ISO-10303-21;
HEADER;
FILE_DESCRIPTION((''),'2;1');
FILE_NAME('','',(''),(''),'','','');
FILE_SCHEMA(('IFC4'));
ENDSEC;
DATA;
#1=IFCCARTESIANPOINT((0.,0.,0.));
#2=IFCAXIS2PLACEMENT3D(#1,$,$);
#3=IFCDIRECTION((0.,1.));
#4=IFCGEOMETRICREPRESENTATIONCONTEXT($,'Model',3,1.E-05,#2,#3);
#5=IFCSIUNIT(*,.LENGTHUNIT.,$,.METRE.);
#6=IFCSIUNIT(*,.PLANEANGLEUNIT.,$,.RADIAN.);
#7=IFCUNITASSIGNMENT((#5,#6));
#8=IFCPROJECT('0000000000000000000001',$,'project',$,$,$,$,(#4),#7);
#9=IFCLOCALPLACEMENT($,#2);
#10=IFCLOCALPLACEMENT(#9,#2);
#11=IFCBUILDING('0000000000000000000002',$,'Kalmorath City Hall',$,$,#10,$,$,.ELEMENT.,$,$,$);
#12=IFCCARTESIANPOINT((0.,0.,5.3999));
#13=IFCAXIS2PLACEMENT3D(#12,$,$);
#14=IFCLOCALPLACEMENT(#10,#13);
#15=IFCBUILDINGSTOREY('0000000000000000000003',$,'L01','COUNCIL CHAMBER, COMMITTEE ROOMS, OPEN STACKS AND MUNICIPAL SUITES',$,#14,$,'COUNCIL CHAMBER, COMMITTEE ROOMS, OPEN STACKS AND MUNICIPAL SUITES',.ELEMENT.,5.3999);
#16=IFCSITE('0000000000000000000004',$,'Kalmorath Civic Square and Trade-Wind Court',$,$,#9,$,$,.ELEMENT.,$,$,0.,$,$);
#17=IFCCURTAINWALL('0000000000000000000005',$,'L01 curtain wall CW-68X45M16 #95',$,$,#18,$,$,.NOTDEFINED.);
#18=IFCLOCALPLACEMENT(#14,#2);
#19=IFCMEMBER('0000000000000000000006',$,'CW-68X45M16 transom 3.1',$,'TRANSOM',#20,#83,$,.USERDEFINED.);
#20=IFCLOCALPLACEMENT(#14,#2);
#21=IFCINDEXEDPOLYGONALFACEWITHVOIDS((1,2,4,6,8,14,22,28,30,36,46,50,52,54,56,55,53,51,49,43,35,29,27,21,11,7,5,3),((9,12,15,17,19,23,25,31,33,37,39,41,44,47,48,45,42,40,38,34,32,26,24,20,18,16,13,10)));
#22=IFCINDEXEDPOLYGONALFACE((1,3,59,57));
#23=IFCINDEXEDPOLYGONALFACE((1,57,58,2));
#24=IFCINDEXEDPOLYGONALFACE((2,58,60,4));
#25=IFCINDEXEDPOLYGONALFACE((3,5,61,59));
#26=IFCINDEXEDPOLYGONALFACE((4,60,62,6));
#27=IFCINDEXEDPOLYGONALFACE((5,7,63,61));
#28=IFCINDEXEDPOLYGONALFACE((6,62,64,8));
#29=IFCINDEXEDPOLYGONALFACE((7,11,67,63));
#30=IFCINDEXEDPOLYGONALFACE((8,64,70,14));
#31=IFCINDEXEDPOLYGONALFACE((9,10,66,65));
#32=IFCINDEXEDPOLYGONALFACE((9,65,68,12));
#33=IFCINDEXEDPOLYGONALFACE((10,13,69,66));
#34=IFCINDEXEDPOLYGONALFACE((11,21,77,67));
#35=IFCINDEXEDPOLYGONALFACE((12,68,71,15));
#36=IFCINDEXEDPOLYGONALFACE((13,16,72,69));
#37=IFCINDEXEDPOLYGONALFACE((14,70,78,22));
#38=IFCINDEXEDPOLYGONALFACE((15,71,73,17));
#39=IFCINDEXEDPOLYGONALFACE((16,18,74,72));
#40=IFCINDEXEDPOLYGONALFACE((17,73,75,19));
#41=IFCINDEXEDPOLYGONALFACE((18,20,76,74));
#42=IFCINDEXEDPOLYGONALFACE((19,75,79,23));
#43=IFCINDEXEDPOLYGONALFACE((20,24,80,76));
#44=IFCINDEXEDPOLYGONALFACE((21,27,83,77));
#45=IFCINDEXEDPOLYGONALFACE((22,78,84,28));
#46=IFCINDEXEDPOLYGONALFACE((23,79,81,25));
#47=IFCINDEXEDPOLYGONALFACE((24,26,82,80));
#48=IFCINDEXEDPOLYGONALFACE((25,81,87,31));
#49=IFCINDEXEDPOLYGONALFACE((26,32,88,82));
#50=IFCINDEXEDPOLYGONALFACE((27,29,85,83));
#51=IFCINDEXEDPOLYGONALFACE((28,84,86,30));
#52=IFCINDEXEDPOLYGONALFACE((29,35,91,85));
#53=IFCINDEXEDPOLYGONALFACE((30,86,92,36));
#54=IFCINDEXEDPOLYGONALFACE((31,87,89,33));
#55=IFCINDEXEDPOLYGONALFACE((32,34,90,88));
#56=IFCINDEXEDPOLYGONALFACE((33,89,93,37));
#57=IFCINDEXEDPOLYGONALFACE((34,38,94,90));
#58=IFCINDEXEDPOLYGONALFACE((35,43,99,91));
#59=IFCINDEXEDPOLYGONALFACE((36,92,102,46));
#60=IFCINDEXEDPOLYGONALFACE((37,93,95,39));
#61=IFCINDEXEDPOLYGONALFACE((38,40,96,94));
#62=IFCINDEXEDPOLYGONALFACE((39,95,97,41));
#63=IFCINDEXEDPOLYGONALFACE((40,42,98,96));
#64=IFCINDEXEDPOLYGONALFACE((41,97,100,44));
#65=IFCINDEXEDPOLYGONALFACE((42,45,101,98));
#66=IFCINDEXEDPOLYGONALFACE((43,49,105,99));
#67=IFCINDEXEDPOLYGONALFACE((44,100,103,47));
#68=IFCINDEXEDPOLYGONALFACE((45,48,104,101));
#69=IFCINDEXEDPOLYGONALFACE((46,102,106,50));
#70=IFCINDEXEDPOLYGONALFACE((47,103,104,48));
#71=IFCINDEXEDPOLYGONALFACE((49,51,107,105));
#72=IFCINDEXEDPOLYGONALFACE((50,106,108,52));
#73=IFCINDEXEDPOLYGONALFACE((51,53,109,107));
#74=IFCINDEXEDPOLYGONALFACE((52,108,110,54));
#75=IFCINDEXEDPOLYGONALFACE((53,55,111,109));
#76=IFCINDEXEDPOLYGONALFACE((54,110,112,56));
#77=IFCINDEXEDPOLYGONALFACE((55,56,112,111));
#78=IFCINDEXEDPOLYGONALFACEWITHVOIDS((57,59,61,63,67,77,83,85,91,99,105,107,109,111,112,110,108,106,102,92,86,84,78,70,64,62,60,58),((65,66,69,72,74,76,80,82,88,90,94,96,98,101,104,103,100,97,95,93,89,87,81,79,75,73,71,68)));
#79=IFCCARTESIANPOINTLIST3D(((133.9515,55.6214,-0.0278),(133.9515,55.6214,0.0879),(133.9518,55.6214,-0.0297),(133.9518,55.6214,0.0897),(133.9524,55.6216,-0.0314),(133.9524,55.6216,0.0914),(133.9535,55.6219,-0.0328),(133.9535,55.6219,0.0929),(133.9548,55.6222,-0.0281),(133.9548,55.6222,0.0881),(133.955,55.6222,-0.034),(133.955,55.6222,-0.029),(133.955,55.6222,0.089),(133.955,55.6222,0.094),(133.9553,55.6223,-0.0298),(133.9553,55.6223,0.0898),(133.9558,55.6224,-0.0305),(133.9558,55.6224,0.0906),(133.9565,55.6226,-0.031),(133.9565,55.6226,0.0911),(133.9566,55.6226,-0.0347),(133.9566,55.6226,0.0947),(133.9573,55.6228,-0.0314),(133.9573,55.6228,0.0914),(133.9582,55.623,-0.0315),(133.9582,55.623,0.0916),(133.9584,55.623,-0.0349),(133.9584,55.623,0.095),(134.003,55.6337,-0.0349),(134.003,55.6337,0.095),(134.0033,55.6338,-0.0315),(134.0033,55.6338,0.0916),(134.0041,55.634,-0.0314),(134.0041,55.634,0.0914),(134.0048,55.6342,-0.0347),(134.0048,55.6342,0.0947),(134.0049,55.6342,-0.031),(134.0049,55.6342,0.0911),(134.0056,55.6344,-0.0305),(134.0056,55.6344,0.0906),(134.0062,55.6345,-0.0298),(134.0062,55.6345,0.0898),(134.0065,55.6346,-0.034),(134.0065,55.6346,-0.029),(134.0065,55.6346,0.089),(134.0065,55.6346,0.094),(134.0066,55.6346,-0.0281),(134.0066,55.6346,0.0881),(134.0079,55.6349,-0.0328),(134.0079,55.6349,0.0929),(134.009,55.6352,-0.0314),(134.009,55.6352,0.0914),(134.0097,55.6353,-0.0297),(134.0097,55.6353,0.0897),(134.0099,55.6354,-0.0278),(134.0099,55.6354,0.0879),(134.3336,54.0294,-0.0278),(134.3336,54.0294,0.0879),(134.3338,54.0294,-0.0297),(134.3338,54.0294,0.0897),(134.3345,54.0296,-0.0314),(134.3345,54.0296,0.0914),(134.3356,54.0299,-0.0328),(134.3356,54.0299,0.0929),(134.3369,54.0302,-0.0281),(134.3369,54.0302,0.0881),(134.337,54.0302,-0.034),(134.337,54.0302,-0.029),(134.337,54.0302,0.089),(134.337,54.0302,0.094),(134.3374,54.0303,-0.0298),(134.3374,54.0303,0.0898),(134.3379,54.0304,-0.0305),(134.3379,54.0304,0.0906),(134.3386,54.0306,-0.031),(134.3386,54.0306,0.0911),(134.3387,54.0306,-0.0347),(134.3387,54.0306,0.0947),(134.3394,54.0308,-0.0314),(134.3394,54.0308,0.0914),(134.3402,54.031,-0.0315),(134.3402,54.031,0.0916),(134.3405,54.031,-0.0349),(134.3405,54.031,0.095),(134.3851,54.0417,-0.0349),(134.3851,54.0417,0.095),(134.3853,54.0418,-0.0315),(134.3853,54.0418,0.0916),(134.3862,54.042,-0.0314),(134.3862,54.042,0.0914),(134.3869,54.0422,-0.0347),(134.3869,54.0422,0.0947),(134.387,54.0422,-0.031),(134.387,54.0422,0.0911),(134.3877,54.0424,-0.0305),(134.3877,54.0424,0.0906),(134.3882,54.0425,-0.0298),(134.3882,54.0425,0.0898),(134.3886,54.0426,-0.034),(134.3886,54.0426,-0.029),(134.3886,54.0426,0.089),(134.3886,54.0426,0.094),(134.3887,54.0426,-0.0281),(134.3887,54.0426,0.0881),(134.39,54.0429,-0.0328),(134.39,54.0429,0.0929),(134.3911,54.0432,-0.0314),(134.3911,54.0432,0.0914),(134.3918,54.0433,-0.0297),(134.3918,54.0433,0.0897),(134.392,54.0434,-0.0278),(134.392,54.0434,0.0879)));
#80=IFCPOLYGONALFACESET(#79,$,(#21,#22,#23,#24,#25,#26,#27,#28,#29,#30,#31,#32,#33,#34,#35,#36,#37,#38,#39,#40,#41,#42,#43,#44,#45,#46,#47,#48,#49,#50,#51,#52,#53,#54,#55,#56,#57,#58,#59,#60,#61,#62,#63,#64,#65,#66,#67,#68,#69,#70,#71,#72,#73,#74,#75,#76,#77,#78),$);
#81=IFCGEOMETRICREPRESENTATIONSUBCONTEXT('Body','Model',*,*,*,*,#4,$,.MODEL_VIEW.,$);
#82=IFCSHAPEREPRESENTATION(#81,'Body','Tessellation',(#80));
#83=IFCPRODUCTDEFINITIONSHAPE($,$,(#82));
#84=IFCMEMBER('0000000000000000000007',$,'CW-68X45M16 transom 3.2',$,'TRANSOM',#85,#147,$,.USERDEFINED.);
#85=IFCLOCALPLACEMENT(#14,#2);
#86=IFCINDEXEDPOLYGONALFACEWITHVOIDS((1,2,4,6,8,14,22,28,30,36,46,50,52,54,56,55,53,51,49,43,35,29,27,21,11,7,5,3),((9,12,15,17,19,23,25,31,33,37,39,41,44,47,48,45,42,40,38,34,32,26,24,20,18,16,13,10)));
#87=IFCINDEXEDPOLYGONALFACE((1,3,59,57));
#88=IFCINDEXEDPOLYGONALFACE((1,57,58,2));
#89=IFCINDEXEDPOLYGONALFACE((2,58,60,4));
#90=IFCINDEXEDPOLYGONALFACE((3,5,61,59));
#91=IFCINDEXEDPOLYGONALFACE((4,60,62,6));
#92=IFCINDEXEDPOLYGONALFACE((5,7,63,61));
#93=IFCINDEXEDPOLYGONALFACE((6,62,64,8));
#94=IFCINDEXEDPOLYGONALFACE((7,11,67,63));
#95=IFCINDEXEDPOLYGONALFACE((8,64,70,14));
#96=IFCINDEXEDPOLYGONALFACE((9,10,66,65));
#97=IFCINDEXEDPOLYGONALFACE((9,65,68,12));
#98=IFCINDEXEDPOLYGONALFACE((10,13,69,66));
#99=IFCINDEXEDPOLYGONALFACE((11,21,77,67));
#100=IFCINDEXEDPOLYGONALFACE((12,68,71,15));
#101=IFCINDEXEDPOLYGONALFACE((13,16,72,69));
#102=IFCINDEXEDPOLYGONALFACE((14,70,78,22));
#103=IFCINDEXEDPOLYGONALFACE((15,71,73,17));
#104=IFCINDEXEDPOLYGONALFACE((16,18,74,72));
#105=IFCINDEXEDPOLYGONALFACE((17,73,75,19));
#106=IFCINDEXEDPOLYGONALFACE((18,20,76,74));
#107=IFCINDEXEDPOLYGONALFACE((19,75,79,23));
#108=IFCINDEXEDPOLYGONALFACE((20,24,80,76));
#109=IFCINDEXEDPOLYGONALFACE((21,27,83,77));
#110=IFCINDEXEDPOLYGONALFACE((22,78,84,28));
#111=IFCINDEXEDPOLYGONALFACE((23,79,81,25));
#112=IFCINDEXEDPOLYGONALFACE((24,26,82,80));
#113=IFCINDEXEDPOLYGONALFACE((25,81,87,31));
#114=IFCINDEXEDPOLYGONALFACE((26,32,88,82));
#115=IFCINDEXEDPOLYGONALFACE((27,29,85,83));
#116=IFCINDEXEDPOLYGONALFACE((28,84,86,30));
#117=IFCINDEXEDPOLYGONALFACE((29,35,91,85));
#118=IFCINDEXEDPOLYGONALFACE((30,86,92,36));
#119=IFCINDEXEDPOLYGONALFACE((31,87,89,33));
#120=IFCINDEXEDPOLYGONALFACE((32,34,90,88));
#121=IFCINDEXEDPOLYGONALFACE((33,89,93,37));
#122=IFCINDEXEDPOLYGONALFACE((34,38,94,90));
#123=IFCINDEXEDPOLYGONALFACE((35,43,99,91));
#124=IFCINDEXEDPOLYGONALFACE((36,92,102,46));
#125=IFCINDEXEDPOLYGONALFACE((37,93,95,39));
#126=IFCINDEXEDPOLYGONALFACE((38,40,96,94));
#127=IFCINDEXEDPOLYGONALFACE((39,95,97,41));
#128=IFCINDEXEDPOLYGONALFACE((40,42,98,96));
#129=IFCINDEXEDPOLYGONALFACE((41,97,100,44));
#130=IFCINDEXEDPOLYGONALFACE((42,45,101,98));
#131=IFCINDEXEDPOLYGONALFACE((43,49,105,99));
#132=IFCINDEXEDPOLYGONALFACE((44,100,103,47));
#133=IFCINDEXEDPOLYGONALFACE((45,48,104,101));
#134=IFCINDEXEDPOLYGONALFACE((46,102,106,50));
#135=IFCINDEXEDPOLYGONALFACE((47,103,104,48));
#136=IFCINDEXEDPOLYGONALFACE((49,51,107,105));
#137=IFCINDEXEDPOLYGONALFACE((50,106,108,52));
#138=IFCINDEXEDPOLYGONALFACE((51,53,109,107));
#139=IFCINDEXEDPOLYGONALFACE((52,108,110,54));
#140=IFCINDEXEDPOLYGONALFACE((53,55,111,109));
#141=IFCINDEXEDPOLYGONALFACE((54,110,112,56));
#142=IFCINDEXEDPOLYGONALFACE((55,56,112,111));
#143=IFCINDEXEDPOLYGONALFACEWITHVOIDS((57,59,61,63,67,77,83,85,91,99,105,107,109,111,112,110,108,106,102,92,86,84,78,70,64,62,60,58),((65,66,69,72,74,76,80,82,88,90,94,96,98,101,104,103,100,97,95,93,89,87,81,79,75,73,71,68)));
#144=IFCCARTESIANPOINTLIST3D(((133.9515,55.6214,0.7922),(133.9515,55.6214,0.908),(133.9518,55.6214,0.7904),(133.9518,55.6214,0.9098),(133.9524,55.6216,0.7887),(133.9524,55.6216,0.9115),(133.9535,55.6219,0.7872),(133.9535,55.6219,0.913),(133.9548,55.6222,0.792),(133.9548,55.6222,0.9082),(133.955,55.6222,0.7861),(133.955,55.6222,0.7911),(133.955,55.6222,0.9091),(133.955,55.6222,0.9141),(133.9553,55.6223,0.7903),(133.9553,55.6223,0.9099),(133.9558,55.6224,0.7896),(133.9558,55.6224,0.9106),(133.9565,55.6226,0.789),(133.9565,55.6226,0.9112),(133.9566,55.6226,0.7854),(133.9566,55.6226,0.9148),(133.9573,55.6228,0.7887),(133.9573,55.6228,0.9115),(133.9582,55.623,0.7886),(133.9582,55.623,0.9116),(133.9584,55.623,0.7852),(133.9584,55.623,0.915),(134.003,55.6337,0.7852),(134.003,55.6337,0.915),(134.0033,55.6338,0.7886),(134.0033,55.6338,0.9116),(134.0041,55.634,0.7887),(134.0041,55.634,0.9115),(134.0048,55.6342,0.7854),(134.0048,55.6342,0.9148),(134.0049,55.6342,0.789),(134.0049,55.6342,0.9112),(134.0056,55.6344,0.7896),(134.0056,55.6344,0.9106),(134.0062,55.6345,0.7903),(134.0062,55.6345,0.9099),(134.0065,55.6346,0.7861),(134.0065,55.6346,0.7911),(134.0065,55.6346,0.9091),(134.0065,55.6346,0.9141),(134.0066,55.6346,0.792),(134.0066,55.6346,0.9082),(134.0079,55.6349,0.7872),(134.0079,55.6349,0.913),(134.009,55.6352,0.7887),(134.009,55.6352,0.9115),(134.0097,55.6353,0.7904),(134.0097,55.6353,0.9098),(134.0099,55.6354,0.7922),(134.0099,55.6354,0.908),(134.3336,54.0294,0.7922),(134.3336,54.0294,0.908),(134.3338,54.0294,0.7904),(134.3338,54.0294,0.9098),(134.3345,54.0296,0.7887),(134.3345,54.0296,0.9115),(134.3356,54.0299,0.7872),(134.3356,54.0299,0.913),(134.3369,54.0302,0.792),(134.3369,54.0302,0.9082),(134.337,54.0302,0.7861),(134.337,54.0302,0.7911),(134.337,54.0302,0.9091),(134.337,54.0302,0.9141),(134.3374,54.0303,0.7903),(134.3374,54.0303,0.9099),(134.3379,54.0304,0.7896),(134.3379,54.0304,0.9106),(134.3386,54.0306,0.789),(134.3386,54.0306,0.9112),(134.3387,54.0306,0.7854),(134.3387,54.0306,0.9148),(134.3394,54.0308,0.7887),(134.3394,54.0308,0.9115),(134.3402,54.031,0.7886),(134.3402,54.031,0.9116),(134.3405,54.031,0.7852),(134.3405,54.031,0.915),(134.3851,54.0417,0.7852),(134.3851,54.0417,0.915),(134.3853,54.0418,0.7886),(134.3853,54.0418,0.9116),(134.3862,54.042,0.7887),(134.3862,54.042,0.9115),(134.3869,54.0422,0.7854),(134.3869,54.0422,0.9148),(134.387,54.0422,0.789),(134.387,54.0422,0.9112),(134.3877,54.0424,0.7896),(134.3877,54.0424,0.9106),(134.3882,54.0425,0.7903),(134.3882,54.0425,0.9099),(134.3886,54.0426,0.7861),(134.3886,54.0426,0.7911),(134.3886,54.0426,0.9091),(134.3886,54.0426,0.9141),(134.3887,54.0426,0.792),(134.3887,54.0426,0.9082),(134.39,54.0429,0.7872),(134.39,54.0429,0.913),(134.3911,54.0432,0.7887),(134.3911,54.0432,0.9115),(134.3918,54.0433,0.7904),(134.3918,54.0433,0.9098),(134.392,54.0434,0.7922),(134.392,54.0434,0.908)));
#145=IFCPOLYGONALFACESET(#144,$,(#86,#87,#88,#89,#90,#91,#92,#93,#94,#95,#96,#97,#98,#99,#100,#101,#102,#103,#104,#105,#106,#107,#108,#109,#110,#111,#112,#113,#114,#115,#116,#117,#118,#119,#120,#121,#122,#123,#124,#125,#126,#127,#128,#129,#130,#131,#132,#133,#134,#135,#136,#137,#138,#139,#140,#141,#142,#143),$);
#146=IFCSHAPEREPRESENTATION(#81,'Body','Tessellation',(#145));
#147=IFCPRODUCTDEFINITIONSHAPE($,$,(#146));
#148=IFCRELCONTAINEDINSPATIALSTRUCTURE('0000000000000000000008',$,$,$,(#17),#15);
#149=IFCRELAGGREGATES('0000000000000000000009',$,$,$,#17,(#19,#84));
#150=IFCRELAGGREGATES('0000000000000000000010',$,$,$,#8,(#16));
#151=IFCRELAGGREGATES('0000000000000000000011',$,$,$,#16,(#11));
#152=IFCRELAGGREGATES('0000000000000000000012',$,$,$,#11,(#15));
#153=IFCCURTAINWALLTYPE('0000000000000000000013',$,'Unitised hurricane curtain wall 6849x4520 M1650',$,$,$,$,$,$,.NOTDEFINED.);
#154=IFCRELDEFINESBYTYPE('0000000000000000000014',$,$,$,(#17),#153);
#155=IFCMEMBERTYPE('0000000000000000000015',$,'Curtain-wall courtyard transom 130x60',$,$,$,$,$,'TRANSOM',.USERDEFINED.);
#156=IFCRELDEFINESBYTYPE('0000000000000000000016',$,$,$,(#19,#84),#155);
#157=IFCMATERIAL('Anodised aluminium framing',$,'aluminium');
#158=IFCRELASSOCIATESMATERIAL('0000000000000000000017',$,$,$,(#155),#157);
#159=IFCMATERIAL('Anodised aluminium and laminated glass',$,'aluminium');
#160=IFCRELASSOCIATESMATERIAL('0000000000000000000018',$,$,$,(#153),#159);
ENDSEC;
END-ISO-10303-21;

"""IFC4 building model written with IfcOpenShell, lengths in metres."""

from ifc_helpers import new_model, si_unit, direction, frame, origin, origin_2d, place, context, subcontext, project, spatial, hollow_rectangle, extrude, material, material_profile, profile_set, type_object, element, aggregate, save


model = new_model("IFC4")

# Units and contexts
model_context = context("Model", 3, precision=1e-05, world=origin(), true_north=direction((0.0, 1.0)))
body_context = subcontext(model_context, "Body", "Model", "MODEL_VIEW")
ifc_project = project(units=[si_unit("LENGTHUNIT", "METRE"), si_unit("PLANEANGLEUNIT", "RADIAN")], contexts=[model_context])

# Site, building, storey
site_placement = place(None, origin())
site = spatial("IfcSite", under=ifc_project, at=site_placement, Name="Kalmorath Civic Square and Trade-Wind Court", CompositionType="ELEMENT", RefElevation=0.0)
building_placement = place(site_placement, origin())
building = spatial("IfcBuilding", under=site, at=building_placement, Name="Kalmorath City Hall", CompositionType="ELEMENT")
storey_placement = place(building_placement, frame((0.0, 0.0, 5.3999)))
storey = spatial("IfcBuildingStorey", under=building, at=storey_placement, Name="L01", Description="COUNCIL CHAMBER, COMMITTEE ROOMS, OPEN STACKS AND MUNICIPAL SUITES", LongName="COUNCIL CHAMBER, COMMITTEE ROOMS, OPEN STACKS AND MUNICIPAL SUITES", CompositionType="ELEMENT", Elevation=5.3999)

# Curtain wall, members
ifc_material_1 = material(Name="Anodised aluminium framing", Category="aluminium")
ifc_material_profile_1 = material_profile(ifc_material_1, hollow_rectangle(XDim=0.0601, YDim=0.1299, WallThickness=0.0034, InnerFilletRadius=0.0034, OuterFilletRadius=0.0071, at=origin_2d()), Name="ALU-TRN-130X60X3.5")
ifc_profile_set_1 = profile_set([ifc_material_profile_1], Name="Anodised aluminium framing")
member_type_1 = type_object("IfcMemberType", Name="Curtain-wall courtyard transom 130x60", ElementType="TRANSOM", PredefinedType="USERDEFINED", material=ifc_profile_set_1)
ifc_material_2 = material(Name="Anodised aluminium and laminated glass", Category="aluminium")
curtain_wall_type_1 = type_object("IfcCurtainWallType", Name="Unitised hurricane curtain wall 6849x4520 M1650", PredefinedType="NOTDEFINED", material=ifc_material_2)
curtain_wall_1_placement = place(storey_placement, origin())
curtain_wall_1 = element("IfcCurtainWall", 1, at=curtain_wall_1_placement, inside=storey, type_object=curtain_wall_type_1, Name="L01 curtain wall CW-68X45M16 #95", PredefinedType="NOTDEFINED")
member_1_placement = place(storey_placement, frame((134.3628, 54.0364, 0.03), z_axis=(-0.233367, 0.972389, 0.0), x_axis=(-0.972389, -0.233367, 0.0)))
member_1 = element("IfcMember", 2, at=member_1_placement, type_object=member_type_1, Name="CW-68X45M16 transom 3.1", ObjectType="TRANSOM", PredefinedType="USERDEFINED", context=body_context, shape_type="SweptSolid", body=[
    extrude(hollow_rectangle(XDim=0.0601, YDim=0.1299, WallThickness=0.0034, InnerFilletRadius=0.0034, OuterFilletRadius=0.0071, at=origin_2d()), origin(), (0.0, 0.0, 1.0), 1.6372),
])
member_2_placement = place(storey_placement, frame((134.3628, 54.0364, 0.8501), z_axis=(-0.233367, 0.972389, 0.0), x_axis=(-0.972389, -0.233367, 0.0)))
member_2 = element("IfcMember", 3, at=member_2_placement, type_object=member_type_1, Name="CW-68X45M16 transom 3.2", ObjectType="TRANSOM", PredefinedType="USERDEFINED", context=body_context, shape_type="SweptSolid", body=[
    extrude(hollow_rectangle(XDim=0.0601, YDim=0.1299, WallThickness=0.0034, InnerFilletRadius=0.0034, OuterFilletRadius=0.0071, at=origin_2d()), origin(), (0.0, 0.0, 1.0), 1.6372),
])

aggregate(curtain_wall_1, [member_1, member_2])

save(model, "model.ifc")
